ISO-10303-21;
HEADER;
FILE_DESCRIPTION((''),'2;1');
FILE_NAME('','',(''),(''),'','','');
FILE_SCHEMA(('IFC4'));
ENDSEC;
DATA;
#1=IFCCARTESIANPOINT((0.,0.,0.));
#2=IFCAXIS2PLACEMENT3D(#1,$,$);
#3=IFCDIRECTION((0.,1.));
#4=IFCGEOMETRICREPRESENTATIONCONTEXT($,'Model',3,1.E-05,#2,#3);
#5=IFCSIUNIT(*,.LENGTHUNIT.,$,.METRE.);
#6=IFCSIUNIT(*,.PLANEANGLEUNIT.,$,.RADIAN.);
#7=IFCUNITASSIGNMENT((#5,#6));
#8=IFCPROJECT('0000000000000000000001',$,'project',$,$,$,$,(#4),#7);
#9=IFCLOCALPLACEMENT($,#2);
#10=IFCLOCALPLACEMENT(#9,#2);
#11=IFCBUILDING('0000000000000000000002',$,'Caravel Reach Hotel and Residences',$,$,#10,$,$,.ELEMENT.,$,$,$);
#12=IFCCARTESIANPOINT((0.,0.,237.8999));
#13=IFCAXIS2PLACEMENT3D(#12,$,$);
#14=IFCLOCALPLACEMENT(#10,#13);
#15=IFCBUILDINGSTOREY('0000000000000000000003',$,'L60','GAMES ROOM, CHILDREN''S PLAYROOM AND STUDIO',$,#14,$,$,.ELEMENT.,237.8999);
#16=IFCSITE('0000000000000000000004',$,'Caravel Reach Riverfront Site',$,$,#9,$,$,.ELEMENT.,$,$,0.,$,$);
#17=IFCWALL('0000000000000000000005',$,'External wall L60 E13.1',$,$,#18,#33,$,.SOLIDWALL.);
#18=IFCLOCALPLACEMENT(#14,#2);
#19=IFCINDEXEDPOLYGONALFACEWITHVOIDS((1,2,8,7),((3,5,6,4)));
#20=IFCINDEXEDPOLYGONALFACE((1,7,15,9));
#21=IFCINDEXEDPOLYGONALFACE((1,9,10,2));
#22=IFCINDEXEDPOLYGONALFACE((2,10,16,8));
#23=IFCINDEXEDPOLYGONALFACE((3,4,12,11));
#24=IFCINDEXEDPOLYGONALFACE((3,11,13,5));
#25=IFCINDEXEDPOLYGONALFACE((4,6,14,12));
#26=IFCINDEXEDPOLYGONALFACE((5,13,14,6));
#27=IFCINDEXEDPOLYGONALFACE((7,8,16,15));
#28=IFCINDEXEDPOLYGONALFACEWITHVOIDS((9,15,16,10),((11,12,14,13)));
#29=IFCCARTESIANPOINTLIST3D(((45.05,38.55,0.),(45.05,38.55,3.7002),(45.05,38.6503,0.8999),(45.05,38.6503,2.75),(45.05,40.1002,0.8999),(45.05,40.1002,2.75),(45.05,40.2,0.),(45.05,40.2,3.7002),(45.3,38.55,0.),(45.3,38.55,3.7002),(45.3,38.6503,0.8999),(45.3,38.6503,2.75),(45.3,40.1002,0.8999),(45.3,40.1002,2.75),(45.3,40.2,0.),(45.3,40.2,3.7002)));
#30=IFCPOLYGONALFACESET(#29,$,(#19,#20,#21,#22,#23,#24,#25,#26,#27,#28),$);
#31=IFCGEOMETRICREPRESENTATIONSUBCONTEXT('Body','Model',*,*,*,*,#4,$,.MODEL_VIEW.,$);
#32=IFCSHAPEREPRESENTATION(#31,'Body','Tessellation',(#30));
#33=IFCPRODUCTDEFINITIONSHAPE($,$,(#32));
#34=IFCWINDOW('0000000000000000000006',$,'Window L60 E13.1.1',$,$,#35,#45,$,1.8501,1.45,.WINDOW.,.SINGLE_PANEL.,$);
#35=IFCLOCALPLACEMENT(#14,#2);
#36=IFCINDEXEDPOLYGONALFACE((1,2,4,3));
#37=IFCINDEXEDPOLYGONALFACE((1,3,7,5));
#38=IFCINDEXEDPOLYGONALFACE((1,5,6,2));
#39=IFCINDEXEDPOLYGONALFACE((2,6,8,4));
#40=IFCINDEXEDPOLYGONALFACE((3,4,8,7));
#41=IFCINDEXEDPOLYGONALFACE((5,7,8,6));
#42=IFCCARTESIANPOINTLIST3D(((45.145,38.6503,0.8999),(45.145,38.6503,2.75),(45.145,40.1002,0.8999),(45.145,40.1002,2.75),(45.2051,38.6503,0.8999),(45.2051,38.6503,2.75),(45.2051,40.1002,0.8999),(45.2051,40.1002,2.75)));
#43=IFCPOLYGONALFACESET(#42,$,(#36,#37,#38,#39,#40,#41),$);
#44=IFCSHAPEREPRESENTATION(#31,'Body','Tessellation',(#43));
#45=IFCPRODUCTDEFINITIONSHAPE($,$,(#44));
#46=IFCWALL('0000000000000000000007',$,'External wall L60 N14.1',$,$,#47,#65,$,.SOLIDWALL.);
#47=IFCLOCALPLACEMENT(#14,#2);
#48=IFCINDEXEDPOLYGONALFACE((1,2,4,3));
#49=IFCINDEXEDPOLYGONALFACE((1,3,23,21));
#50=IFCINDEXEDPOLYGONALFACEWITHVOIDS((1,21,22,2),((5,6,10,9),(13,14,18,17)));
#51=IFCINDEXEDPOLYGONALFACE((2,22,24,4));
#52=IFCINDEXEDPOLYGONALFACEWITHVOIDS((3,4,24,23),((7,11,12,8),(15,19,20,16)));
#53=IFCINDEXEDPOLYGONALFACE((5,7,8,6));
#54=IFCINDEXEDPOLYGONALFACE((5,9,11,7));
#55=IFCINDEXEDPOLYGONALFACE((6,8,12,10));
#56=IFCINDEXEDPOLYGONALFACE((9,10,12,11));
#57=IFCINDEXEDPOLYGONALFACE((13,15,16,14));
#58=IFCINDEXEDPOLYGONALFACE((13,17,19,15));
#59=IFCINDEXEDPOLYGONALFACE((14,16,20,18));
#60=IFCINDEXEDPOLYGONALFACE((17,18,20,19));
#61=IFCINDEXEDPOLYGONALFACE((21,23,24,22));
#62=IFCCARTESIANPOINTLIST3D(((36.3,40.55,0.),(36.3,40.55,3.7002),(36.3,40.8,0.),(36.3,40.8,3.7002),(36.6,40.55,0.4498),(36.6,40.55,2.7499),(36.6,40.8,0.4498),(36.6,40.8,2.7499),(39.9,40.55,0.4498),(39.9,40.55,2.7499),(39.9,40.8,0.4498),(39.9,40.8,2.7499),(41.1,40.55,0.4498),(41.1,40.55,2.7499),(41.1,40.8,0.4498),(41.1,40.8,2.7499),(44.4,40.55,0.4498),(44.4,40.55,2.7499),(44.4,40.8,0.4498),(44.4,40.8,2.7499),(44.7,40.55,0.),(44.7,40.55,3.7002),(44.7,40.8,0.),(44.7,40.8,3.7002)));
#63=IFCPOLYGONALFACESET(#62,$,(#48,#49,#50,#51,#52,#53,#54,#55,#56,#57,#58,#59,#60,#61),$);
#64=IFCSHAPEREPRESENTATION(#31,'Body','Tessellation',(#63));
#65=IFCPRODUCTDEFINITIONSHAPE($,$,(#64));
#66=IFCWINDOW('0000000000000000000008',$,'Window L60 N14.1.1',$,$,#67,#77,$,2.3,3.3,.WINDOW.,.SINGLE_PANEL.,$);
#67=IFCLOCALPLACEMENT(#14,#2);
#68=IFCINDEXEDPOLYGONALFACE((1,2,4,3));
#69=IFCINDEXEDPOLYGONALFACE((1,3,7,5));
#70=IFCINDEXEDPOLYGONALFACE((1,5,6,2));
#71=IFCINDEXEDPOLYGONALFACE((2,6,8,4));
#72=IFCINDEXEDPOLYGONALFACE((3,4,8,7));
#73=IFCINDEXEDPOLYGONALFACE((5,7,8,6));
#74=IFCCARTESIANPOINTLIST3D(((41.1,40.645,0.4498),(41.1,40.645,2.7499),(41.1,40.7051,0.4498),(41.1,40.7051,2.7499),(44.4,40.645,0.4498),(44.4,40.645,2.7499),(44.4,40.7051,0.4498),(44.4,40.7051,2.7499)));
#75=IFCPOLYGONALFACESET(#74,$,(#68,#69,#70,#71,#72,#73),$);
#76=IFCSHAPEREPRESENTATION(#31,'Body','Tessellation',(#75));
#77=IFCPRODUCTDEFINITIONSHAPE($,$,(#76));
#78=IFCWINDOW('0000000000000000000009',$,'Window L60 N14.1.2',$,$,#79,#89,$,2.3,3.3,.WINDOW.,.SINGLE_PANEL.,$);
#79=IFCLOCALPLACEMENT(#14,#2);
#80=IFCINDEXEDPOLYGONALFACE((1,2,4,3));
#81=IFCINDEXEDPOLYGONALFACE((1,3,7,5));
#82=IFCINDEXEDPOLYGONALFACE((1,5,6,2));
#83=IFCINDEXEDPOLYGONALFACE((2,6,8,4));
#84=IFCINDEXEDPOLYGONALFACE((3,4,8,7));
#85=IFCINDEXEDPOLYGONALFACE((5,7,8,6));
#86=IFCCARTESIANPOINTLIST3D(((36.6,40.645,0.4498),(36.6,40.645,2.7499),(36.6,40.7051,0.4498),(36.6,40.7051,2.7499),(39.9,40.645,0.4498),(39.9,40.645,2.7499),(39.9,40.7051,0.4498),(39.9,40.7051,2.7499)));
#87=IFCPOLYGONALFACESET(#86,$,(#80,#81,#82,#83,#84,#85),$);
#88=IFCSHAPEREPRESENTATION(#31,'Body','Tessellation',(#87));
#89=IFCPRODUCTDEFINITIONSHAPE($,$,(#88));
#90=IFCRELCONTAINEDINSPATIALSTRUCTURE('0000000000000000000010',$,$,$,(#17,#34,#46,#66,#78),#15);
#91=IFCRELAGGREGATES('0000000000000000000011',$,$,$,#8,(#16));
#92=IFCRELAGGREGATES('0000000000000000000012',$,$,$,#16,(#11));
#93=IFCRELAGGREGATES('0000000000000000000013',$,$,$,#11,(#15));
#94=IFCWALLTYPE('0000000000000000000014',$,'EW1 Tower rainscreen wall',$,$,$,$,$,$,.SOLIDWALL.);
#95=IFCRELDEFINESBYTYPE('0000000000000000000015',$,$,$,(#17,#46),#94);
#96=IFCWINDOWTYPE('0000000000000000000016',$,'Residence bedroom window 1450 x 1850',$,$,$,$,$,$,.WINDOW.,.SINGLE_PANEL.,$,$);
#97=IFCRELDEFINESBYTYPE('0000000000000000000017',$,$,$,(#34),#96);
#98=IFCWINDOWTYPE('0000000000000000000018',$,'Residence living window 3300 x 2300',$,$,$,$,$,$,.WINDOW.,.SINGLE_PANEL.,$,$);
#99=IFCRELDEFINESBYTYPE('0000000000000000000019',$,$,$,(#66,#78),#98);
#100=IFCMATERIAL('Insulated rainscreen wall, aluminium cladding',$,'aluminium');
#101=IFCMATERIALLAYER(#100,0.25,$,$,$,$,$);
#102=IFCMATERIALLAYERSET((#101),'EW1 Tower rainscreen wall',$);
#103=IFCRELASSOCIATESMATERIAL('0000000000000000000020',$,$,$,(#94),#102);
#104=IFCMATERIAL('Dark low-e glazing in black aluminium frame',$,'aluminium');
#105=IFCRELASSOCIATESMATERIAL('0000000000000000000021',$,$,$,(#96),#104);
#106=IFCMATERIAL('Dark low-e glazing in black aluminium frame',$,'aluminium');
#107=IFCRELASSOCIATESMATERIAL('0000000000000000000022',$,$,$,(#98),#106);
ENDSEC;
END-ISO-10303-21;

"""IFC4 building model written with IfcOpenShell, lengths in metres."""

from ifc_helpers import new_model, si_unit, direction, frame, frame_2d, origin, place, context, subcontext, project, spatial, rectangle, extrude, material, layer, layer_set, type_object, element, fill, save


model = new_model("IFC4")

# Units and contexts
model_context = context("Model", 3, precision=1e-05, world=origin(), true_north=direction((0.0, 1.0)))
body_context = subcontext(model_context, "Body", "Model", "MODEL_VIEW")
ifc_project = project(units=[si_unit("LENGTHUNIT", "METRE"), si_unit("PLANEANGLEUNIT", "RADIAN")], contexts=[model_context])

# Site, building, storey
site_placement = place(None, origin())
site = spatial("IfcSite", under=ifc_project, at=site_placement, Name="Caravel Reach Riverfront Site", CompositionType="ELEMENT", RefElevation=0.0)
building_placement = place(site_placement, origin())
building = spatial("IfcBuilding", under=site, at=building_placement, Name="Caravel Reach Hotel and Residences", CompositionType="ELEMENT")
storey_placement = place(building_placement, frame((0.0, 0.0, 237.8999)))
storey = spatial("IfcBuildingStorey", under=building, at=storey_placement, Name="L60", Description="GAMES ROOM, CHILDREN'S PLAYROOM AND STUDIO", CompositionType="ELEMENT", Elevation=237.8999)

# Wall, opening, window
ifc_material_1 = material(Name="Insulated rainscreen wall, aluminium cladding", Category="aluminium")
ifc_layer = layer(ifc_material_1, 0.25)
ifc_layer_set = layer_set([ifc_layer], Name="EW1 Tower rainscreen wall")
wall_type = type_object("IfcWallType", Name="EW1 Tower rainscreen wall", PredefinedType="SOLIDWALL", material=ifc_layer_set)
ifc_material_2 = material(Name="Dark low-e glazing in black aluminium frame", Category="aluminium")
window_type_1 = type_object("IfcWindowType", Name="Residence bedroom window 1450 x 1850", PartitioningType="SINGLE_PANEL", PredefinedType="WINDOW", material=ifc_material_2)
wall_1_placement = place(storey_placement, frame((45.175, 38.55, 0.0), z_axis=(0.0, 0.0, 1.0), x_axis=(0.0, 1.0, 0.0)))
wall_1 = element("IfcWall", 1, at=wall_1_placement, inside=storey, type_object=wall_type, Name="External wall L60 E13.1", PredefinedType="SOLIDWALL", context=body_context, shape_type="SweptSolid", body=[
    extrude(rectangle(XDim=1.6499, YDim=0.25, at=frame_2d((0.825, 0.0))), origin(), (0.0, 0.0, 1.0), 3.7002),
])
opening_1_placement = place(wall_1_placement, frame((0.1001, 0.0, 0.8999)))
opening_1 = element("IfcOpeningElement", 2, at=opening_1_placement, cuts=wall_1, PredefinedType="OPENING", context=body_context, shape_type="SweptSolid", body=[
    extrude(rectangle(XDim=1.45, YDim=1.8501, at=frame_2d((0.7251, 0.925))), frame((0.0, 0.135, 0.0), z_axis=(0.0, -1.0, 0.0), x_axis=(1.0, 0.0, 0.0)), (0.0, 0.0, 1.0), 0.27),
])
window_1_placement = place(opening_1_placement, origin())
window_1 = element("IfcWindow", 3, at=window_1_placement, inside=storey, type_object=window_type_1, Name="Window L60 E13.1.1", OverallHeight=1.8501, OverallWidth=1.45, PartitioningType="SINGLE_PANEL", PredefinedType="WINDOW", context=body_context, shape_type="SweptSolid", body=[
    extrude(rectangle(XDim=1.45, YDim=1.8501, at=frame_2d((0.7251, 0.925))), frame((0.0, 0.03, 0.0), z_axis=(0.0, -1.0, 0.0), x_axis=(1.0, 0.0, 0.0)), (0.0, 0.0, 1.0), 0.0601),
])
fill(opening_1, window_1)

# Wall, openings, windows
wall_2_placement = place(storey_placement, frame((44.7, 40.675, 0.0), z_axis=(0.0, 0.0, 1.0), x_axis=(-1.0, 0.0, 0.0)))
wall_2 = element("IfcWall", 4, at=wall_2_placement, inside=storey, type_object=wall_type, Name="External wall L60 N14.1", PredefinedType="SOLIDWALL", context=body_context, shape_type="SweptSolid", body=[
    extrude(rectangle(XDim=8.3999, YDim=0.25, at=frame_2d((4.2, 0.0))), origin(), (0.0, 0.0, 1.0), 3.7002),
])
opening_2_placement = place(wall_2_placement, frame((0.3, 0.0, 0.45)))
opening_2 = element("IfcOpeningElement", 5, at=opening_2_placement, cuts=wall_2, PredefinedType="OPENING", context=body_context, shape_type="SweptSolid", body=[
    extrude(rectangle(XDim=3.3, YDim=2.3, at=frame_2d((1.6499, 1.1499))), frame((0.0, 0.135, 0.0), z_axis=(0.0, -1.0, 0.0), x_axis=(1.0, 0.0, 0.0)), (0.0, 0.0, 1.0), 0.27),
])
opening_3_placement = place(wall_2_placement, frame((4.8, 0.0, 0.45)))
opening_3 = element("IfcOpeningElement", 6, at=opening_3_placement, cuts=wall_2, PredefinedType="OPENING", context=body_context, shape_type="SweptSolid", body=[
    extrude(rectangle(XDim=3.3, YDim=2.3, at=frame_2d((1.6499, 1.1499))), frame((0.0, 0.135, 0.0), z_axis=(0.0, -1.0, 0.0), x_axis=(1.0, 0.0, 0.0)), (0.0, 0.0, 1.0), 0.27),
])
ifc_material_3 = material(Name="Dark low-e glazing in black aluminium frame", Category="aluminium")
window_type_2 = type_object("IfcWindowType", Name="Residence living window 3300 x 2300", PartitioningType="SINGLE_PANEL", PredefinedType="WINDOW", material=ifc_material_3)
window_2_placement = place(opening_2_placement, origin())
window_2 = element("IfcWindow", 7, at=window_2_placement, inside=storey, type_object=window_type_2, Name="Window L60 N14.1.1", OverallHeight=2.3, OverallWidth=3.3, PartitioningType="SINGLE_PANEL", PredefinedType="WINDOW", context=body_context, shape_type="SweptSolid", body=[
    extrude(rectangle(XDim=3.3, YDim=2.3, at=frame_2d((1.6499, 1.1499))), frame((0.0, 0.03, 0.0), z_axis=(0.0, -1.0, 0.0), x_axis=(1.0, 0.0, 0.0)), (0.0, 0.0, 1.0), 0.0601),
])
fill(opening_2, window_2)
window_3_placement = place(opening_3_placement, origin())
window_3 = element("IfcWindow", 8, at=window_3_placement, inside=storey, type_object=window_type_2, Name="Window L60 N14.1.2", OverallHeight=2.3, OverallWidth=3.3, PartitioningType="SINGLE_PANEL", PredefinedType="WINDOW", context=body_context, shape_type="SweptSolid", body=[
    extrude(rectangle(XDim=3.3, YDim=2.3, at=frame_2d((1.6499, 1.1499))), frame((0.0, 0.03, 0.0), z_axis=(0.0, -1.0, 0.0), x_axis=(1.0, 0.0, 0.0)), (0.0, 0.0, 1.0), 0.0601),
])
fill(opening_3, window_3)

save(model, "model.ifc")
